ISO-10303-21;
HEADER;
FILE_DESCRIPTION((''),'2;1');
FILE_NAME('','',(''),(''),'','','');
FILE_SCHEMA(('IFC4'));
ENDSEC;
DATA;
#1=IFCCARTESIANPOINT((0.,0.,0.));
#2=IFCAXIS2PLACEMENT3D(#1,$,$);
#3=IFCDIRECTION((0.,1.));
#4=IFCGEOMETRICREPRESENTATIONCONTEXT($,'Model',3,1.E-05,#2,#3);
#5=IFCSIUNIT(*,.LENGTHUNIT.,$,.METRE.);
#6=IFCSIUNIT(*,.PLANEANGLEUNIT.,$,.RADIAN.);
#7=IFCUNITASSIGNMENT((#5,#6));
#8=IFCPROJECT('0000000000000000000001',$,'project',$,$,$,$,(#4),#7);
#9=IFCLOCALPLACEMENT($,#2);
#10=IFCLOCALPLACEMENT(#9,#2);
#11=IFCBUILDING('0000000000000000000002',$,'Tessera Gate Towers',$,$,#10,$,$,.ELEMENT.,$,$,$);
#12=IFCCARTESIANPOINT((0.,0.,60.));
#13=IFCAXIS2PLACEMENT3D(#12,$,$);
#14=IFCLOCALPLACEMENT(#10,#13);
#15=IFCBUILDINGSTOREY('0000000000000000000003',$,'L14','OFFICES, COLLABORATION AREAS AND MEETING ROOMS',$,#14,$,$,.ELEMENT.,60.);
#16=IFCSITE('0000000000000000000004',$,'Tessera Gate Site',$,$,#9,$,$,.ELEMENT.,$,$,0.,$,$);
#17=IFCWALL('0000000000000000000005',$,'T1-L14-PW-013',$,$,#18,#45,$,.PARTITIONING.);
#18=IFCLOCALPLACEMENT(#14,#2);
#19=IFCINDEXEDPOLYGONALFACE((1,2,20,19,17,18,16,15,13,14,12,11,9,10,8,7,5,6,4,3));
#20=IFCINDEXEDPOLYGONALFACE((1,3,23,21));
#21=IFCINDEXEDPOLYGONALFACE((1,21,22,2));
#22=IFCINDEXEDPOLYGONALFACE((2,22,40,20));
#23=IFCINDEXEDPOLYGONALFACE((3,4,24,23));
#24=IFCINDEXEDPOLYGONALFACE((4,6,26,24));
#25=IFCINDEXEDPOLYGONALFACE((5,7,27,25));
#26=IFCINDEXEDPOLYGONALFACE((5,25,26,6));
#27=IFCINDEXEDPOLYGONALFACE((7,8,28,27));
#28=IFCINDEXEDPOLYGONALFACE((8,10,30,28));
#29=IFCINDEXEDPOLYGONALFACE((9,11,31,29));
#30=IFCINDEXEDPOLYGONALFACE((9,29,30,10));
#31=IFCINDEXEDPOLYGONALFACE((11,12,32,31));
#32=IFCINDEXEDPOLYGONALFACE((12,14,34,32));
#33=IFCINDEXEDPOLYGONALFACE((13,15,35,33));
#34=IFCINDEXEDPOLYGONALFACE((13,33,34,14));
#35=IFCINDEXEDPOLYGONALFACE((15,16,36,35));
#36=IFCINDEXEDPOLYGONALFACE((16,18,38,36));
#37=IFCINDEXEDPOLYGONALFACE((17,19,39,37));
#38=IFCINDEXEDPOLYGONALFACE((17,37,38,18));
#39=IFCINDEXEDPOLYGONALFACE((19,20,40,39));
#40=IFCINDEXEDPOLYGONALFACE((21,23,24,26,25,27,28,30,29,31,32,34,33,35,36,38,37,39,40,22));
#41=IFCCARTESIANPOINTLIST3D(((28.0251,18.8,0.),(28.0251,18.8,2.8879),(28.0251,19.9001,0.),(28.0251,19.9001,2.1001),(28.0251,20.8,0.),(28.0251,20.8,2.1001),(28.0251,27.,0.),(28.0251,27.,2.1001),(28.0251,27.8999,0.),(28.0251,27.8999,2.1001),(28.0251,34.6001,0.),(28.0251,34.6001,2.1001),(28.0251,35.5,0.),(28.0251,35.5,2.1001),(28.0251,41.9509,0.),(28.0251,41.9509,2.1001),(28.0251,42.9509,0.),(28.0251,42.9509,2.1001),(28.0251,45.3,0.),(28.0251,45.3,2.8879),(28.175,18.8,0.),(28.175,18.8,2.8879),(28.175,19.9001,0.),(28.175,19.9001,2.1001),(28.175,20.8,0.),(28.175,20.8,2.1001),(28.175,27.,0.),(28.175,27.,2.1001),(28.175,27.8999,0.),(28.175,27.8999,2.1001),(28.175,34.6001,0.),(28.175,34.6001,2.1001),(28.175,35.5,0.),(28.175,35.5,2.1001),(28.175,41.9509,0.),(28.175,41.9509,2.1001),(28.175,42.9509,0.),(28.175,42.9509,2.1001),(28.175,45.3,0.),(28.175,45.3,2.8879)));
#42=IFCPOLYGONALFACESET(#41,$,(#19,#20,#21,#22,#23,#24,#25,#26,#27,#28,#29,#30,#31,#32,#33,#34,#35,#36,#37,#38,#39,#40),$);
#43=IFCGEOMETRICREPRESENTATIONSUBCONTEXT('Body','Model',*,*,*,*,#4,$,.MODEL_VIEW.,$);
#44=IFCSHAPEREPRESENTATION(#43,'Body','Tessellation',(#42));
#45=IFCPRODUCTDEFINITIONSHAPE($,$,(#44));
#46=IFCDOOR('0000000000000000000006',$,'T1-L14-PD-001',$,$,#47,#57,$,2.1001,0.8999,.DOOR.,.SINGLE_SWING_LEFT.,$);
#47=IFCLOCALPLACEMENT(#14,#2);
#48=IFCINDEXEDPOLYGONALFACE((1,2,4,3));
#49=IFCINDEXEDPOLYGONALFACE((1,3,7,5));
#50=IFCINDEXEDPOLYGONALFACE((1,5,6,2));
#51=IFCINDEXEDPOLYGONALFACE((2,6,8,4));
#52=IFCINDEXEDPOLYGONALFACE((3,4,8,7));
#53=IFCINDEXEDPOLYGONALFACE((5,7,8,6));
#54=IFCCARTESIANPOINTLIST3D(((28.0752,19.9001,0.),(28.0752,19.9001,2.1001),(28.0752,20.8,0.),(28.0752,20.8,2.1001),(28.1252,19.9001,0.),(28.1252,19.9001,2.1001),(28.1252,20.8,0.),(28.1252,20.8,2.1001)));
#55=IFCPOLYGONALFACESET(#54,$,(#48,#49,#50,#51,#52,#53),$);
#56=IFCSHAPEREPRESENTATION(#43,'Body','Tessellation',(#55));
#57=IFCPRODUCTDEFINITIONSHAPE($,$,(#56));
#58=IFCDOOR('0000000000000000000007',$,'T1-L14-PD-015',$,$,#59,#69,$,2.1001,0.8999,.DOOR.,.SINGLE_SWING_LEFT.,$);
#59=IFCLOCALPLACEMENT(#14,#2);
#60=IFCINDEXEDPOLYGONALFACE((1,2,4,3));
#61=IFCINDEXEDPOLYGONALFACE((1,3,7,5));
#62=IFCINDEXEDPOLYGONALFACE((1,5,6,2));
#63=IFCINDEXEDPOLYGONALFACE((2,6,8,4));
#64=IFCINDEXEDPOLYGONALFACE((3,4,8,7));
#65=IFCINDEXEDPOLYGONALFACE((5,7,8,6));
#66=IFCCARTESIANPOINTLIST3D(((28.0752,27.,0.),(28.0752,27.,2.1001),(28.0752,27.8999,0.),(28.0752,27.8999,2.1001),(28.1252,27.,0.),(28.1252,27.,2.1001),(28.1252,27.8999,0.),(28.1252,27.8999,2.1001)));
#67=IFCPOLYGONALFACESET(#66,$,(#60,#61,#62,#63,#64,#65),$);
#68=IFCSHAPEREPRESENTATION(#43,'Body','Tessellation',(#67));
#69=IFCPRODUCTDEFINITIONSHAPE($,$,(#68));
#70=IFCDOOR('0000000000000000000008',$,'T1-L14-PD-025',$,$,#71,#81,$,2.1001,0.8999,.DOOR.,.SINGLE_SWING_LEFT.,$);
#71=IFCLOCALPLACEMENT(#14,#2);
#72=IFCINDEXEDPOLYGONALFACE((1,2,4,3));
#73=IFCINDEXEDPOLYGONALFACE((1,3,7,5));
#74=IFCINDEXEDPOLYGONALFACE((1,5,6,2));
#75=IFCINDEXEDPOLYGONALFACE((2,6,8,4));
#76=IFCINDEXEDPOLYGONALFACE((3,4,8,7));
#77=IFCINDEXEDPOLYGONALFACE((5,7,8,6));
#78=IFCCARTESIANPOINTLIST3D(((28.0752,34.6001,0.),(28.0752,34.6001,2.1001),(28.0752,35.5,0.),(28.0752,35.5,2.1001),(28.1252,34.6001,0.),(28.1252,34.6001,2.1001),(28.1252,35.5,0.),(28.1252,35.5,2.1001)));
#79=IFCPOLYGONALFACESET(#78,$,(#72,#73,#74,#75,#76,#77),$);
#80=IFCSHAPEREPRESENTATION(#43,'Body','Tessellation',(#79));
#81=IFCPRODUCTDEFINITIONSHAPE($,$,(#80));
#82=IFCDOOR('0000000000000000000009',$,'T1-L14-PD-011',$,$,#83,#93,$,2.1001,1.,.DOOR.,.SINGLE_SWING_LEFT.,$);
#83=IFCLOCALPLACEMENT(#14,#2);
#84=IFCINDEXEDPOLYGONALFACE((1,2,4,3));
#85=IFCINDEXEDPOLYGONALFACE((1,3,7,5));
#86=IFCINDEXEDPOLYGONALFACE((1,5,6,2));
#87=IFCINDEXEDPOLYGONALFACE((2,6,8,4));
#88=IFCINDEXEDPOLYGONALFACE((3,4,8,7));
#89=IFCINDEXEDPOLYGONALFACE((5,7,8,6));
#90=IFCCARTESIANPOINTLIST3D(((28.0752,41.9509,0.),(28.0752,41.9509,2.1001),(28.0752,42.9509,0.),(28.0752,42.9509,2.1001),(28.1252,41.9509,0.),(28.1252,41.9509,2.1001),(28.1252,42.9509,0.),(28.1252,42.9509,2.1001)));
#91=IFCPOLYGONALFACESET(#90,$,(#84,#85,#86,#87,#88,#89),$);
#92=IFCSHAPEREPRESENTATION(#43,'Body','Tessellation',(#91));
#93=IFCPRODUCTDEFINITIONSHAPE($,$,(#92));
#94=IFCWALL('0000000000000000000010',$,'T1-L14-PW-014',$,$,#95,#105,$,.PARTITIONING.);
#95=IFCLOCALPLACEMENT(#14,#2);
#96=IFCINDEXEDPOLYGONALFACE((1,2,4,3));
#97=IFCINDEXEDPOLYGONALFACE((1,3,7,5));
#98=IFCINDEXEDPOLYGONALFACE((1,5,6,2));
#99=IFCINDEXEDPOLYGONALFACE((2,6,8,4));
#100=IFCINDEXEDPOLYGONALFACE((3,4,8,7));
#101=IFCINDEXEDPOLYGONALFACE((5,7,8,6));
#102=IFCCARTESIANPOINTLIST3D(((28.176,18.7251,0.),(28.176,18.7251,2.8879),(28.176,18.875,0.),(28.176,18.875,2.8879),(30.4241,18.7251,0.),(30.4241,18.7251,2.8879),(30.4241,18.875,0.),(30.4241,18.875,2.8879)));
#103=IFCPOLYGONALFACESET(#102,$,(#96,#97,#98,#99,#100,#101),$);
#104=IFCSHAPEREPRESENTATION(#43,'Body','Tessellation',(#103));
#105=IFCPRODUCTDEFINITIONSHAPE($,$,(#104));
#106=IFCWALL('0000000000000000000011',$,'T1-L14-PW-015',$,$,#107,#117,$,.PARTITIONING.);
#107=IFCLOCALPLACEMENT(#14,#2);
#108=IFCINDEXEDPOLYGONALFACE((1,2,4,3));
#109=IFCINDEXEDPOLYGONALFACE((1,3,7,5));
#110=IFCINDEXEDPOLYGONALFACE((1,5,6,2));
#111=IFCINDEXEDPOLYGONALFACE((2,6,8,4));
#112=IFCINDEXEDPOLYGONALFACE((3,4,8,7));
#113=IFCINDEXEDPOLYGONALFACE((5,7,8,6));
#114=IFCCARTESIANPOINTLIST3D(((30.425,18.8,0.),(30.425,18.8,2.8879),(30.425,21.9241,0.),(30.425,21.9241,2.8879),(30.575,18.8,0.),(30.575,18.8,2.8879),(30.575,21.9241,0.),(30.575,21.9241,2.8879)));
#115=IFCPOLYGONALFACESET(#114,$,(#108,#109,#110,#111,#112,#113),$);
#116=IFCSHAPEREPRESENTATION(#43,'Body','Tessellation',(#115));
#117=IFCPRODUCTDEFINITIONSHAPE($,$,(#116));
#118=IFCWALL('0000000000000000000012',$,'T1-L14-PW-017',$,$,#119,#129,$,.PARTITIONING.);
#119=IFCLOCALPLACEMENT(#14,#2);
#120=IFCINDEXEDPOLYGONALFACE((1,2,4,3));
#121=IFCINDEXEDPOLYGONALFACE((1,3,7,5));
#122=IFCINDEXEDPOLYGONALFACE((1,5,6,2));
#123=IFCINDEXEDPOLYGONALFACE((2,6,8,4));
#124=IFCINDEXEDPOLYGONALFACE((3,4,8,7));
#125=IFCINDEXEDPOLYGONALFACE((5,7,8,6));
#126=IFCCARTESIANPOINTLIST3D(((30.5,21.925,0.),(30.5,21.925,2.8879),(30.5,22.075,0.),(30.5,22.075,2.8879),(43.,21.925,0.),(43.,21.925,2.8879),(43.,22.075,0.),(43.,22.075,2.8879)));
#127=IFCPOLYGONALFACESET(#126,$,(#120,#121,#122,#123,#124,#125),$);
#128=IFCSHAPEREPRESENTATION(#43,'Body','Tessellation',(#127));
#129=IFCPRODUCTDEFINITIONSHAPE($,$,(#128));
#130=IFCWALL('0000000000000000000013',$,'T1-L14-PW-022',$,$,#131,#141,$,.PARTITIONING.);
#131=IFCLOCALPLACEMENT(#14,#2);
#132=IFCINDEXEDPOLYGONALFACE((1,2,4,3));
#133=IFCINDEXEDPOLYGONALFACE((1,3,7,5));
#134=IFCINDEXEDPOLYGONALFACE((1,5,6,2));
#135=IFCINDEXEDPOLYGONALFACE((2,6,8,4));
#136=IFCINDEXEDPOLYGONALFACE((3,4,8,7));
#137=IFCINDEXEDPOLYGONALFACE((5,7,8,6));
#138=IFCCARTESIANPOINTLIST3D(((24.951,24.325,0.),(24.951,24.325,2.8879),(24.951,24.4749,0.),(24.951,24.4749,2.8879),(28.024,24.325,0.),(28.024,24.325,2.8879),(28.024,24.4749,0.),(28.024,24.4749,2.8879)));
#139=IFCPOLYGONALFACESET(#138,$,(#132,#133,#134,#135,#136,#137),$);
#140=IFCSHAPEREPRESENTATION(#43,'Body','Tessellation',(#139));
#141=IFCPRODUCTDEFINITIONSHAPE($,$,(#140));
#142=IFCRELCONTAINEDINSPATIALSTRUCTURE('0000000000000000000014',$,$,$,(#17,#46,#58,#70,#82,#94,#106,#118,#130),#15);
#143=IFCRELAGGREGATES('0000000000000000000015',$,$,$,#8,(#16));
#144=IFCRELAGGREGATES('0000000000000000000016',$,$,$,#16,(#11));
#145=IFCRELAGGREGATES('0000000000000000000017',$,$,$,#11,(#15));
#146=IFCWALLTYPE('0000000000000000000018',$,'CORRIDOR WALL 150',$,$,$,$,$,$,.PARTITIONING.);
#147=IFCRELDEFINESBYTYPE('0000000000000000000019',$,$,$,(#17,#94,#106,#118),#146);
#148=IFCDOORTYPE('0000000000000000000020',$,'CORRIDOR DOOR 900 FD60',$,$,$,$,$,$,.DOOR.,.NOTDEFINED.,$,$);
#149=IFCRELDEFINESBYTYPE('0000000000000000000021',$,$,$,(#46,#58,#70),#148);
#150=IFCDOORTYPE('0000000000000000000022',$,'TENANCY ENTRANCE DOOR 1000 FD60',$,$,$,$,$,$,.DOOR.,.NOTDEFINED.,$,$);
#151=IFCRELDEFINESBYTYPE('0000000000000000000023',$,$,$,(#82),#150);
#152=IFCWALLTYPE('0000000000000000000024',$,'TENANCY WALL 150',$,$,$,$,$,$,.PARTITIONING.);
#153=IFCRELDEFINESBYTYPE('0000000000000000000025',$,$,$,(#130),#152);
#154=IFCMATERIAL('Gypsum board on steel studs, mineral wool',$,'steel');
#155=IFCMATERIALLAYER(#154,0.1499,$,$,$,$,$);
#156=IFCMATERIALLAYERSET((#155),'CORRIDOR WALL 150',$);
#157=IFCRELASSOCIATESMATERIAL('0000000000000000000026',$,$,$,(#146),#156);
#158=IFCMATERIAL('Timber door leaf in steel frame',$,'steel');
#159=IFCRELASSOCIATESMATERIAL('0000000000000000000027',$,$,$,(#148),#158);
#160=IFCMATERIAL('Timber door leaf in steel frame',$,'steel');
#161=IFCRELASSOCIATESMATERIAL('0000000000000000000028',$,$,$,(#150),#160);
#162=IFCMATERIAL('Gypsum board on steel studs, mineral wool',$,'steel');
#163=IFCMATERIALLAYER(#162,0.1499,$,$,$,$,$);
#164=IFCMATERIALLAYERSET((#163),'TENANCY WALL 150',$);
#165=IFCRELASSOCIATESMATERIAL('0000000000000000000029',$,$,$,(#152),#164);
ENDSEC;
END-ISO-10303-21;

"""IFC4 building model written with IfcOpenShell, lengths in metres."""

from ifc_helpers import new_model, si_unit, direction, frame, frame_2d, origin, place, context, subcontext, project, spatial, rectangle, extrude, source, transform, mapped, material, layer, layer_set, type_object, element, fill, save


model = new_model("IFC4")

# Units and contexts
model_context = context("Model", 3, precision=1e-05, world=origin(), true_north=direction((0.0, 1.0)))
body_context = subcontext(model_context, "Body", "Model", "MODEL_VIEW")
ifc_project = project(units=[si_unit("LENGTHUNIT", "METRE"), si_unit("PLANEANGLEUNIT", "RADIAN")], contexts=[model_context])

# Site, building, storey
site_placement = place(None, origin())
site = spatial("IfcSite", under=ifc_project, at=site_placement, Name="Tessera Gate Site", CompositionType="ELEMENT", RefElevation=0.0)
building_placement = place(site_placement, origin())
building = spatial("IfcBuilding", under=site, at=building_placement, Name="Tessera Gate Towers", CompositionType="ELEMENT")
storey_placement = place(building_placement, frame((0.0, 0.0, 60.0)))
storey = spatial("IfcBuildingStorey", under=building, at=storey_placement, Name="L14", Description="OFFICES, COLLABORATION AREAS AND MEETING ROOMS", CompositionType="ELEMENT", Elevation=60.0)

# Wall, openings, doors
ifc_material_1 = material(Name="Gypsum board on steel studs, mineral wool", Category="steel")
ifc_layer_1 = layer(ifc_material_1, 0.1499)
ifc_layer_set_1 = layer_set([ifc_layer_1], Name="CORRIDOR WALL 150")
wall_type_1 = type_object("IfcWallType", Name="CORRIDOR WALL 150", PredefinedType="PARTITIONING", material=ifc_layer_set_1)
wall_1_placement = place(storey_placement, frame((28.1001, 18.8, 0.0), z_axis=(0.0, 0.0, 1.0), x_axis=(0.0, 1.0, 0.0)))
wall_1 = element("IfcWall", 1, at=wall_1_placement, inside=storey, type_object=wall_type_1, Name="T1-L14-PW-013", PredefinedType="PARTITIONING", context=body_context, shape_type="SweptSolid", body=[
    extrude(rectangle(XDim=26.5, YDim=0.1499, at=frame_2d((13.25, 0.0))), origin(), (0.0, 0.0, 1.0), 2.8879),
])
shared_shape_1 = source(origin(), body_context, "Body", "SweptSolid", [
    extrude(rectangle(XDim=0.8999, YDim=2.1001, at=frame_2d((0.45, 1.05))), frame((0.0, 0.085, 0.0), z_axis=(0.0, -1.0, 0.0), x_axis=(1.0, 0.0, 0.0)), (0.0, 0.0, 1.0), 0.1699),
])
opening_1_placement = place(wall_1_placement, frame((1.1001, 0.0, 0.0)))
opening_1 = element("IfcOpeningElement", 2, at=opening_1_placement, cuts=wall_1, PredefinedType="OPENING", context=body_context, shape_type="MappedRepresentation", body=[
    mapped(shared_shape_1, transform((0.0, 0.0, 0.0), scale=1.0)),
])
shared_shape_2 = source(origin(), body_context, "Body", "SweptSolid", [
    extrude(rectangle(XDim=1.0, YDim=2.1001, at=frame_2d((0.5, 1.05))), frame((0.0, 0.085, 0.0), z_axis=(0.0, -1.0, 0.0), x_axis=(1.0, 0.0, 0.0)), (0.0, 0.0, 1.0), 0.1699),
])
opening_2_placement = place(wall_1_placement, frame((23.1509, 0.0, 0.0)))
opening_2 = element("IfcOpeningElement", 3, at=opening_2_placement, cuts=wall_1, PredefinedType="OPENING", context=body_context, shape_type="MappedRepresentation", body=[
    mapped(shared_shape_2, transform((0.0, 0.0, 0.0), scale=1.0)),
])
opening_3_placement = place(wall_1_placement, frame((8.2, 0.0, 0.0)))
opening_3 = element("IfcOpeningElement", 4, at=opening_3_placement, cuts=wall_1, PredefinedType="OPENING", context=body_context, shape_type="MappedRepresentation", body=[
    mapped(shared_shape_1, transform((0.0, 0.0, 0.0), scale=1.0)),
])
opening_4_placement = place(wall_1_placement, frame((15.8, 0.0, 0.0)))
opening_4 = element("IfcOpeningElement", 5, at=opening_4_placement, cuts=wall_1, PredefinedType="OPENING", context=body_context, shape_type="MappedRepresentation", body=[
    mapped(shared_shape_1, transform((0.0, 0.0, 0.0), scale=1.0)),
])
ifc_material_2 = material(Name="Timber door leaf in steel frame", Category="steel")
door_type_1 = type_object("IfcDoorType", Name="CORRIDOR DOOR 900 FD60", OperationType="NOTDEFINED", PredefinedType="DOOR", material=ifc_material_2)
shared_shape_3 = source(origin(), body_context, "Body", "SweptSolid", [
    extrude(rectangle(XDim=0.8999, YDim=2.1001, at=frame_2d((0.45, 1.05))), frame((0.0, 0.0249, 0.0), z_axis=(0.0, -1.0, 0.0), x_axis=(1.0, 0.0, 0.0)), (0.0, 0.0, 1.0), 0.05),
])
door_1_placement = place(opening_1_placement, origin())
door_1 = element("IfcDoor", 6, at=door_1_placement, inside=storey, type_object=door_type_1, Name="T1-L14-PD-001", OperationType="SINGLE_SWING_LEFT", OverallHeight=2.1001, OverallWidth=0.8999, PredefinedType="DOOR", context=body_context, shape_type="MappedRepresentation", body=[
    mapped(shared_shape_3, transform((0.0, 0.0, 0.0), scale=1.0)),
])
fill(opening_1, door_1)
door_2_placement = place(opening_3_placement, origin())
door_2 = element("IfcDoor", 7, at=door_2_placement, inside=storey, type_object=door_type_1, Name="T1-L14-PD-015", OperationType="SINGLE_SWING_LEFT", OverallHeight=2.1001, OverallWidth=0.8999, PredefinedType="DOOR", context=body_context, shape_type="MappedRepresentation", body=[
    mapped(shared_shape_3, transform((0.0, 0.0, 0.0), scale=1.0)),
])
fill(opening_3, door_2)
door_3_placement = place(opening_4_placement, origin())
door_3 = element("IfcDoor", 8, at=door_3_placement, inside=storey, type_object=door_type_1, Name="T1-L14-PD-025", OperationType="SINGLE_SWING_LEFT", OverallHeight=2.1001, OverallWidth=0.8999, PredefinedType="DOOR", context=body_context, shape_type="MappedRepresentation", body=[
    mapped(shared_shape_3, transform((0.0, 0.0, 0.0), scale=1.0)),
])
fill(opening_4, door_3)
ifc_material_3 = material(Name="Timber door leaf in steel frame", Category="steel")
door_type_2 = type_object("IfcDoorType", Name="TENANCY ENTRANCE DOOR 1000 FD60", OperationType="NOTDEFINED", PredefinedType="DOOR", material=ifc_material_3)
shared_shape_4 = source(origin(), body_context, "Body", "SweptSolid", [
    extrude(rectangle(XDim=1.0, YDim=2.1001, at=frame_2d((0.5, 1.05))), frame((0.0, 0.0249, 0.0), z_axis=(0.0, -1.0, 0.0), x_axis=(1.0, 0.0, 0.0)), (0.0, 0.0, 1.0), 0.05),
])
door_4_placement = place(opening_2_placement, origin())
door_4 = element("IfcDoor", 9, at=door_4_placement, inside=storey, type_object=door_type_2, Name="T1-L14-PD-011", OperationType="SINGLE_SWING_LEFT", OverallHeight=2.1001, OverallWidth=1.0, PredefinedType="DOOR", context=body_context, shape_type="MappedRepresentation", body=[
    mapped(shared_shape_4, transform((0.0, 0.0, 0.0), scale=1.0)),
])
fill(opening_2, door_4)

# Walls
wall_2_placement = place(storey_placement, frame((28.176, 18.8, 0.0), z_axis=(0.0, 0.0, 1.0), x_axis=(1.0, 0.0, 0.0)))
element("IfcWall", 10, at=wall_2_placement, inside=storey, type_object=wall_type_1, Name="T1-L14-PW-014", PredefinedType="PARTITIONING", context=body_context, shape_type="SweptSolid", body=[
    extrude(rectangle(XDim=2.248, YDim=0.1499, at=frame_2d((1.124, 0.0))), origin(), (0.0, 0.0, 1.0), 2.8879),
])
wall_3_placement = place(storey_placement, frame((30.5, 18.8, 0.0), z_axis=(0.0, 0.0, 1.0), x_axis=(0.0, 1.0, 0.0)))
element("IfcWall", 11, at=wall_3_placement, inside=storey, type_object=wall_type_1, Name="T1-L14-PW-015", PredefinedType="PARTITIONING", context=body_context, shape_type="SweptSolid", body=[
    extrude(rectangle(XDim=3.124, YDim=0.1499, at=frame_2d((1.562, 0.0))), origin(), (0.0, 0.0, 1.0), 2.8879),
])
wall_4_placement = place(storey_placement, frame((30.5, 22.0, 0.0), z_axis=(0.0, 0.0, 1.0), x_axis=(1.0, 0.0, 0.0)))
element("IfcWall", 12, at=wall_4_placement, inside=storey, type_object=wall_type_1, Name="T1-L14-PW-017", PredefinedType="PARTITIONING", context=body_context, shape_type="SweptSolid", body=[
    extrude(rectangle(XDim=12.5, YDim=0.1499, at=frame_2d((6.25, 0.0))), origin(), (0.0, 0.0, 1.0), 2.8879),
])
ifc_material_4 = material(Name="Gypsum board on steel studs, mineral wool", Category="steel")
ifc_layer_2 = layer(ifc_material_4, 0.1499)
ifc_layer_set_2 = layer_set([ifc_layer_2], Name="TENANCY WALL 150")
wall_type_2 = type_object("IfcWallType", Name="TENANCY WALL 150", PredefinedType="PARTITIONING", material=ifc_layer_set_2)
wall_5_placement = place(storey_placement, frame((24.9509, 24.3999, 0.0), z_axis=(0.0, 0.0, 1.0), x_axis=(1.0, 0.0, 0.0)))
element("IfcWall", 13, at=wall_5_placement, inside=storey, type_object=wall_type_2, Name="T1-L14-PW-022", PredefinedType="PARTITIONING", context=body_context, shape_type="SweptSolid", body=[
    extrude(rectangle(XDim=3.073, YDim=0.1499, at=frame_2d((1.5366, 0.0))), origin(), (0.0, 0.0, 1.0), 2.8879),
])

save(model, "model.ifc")
